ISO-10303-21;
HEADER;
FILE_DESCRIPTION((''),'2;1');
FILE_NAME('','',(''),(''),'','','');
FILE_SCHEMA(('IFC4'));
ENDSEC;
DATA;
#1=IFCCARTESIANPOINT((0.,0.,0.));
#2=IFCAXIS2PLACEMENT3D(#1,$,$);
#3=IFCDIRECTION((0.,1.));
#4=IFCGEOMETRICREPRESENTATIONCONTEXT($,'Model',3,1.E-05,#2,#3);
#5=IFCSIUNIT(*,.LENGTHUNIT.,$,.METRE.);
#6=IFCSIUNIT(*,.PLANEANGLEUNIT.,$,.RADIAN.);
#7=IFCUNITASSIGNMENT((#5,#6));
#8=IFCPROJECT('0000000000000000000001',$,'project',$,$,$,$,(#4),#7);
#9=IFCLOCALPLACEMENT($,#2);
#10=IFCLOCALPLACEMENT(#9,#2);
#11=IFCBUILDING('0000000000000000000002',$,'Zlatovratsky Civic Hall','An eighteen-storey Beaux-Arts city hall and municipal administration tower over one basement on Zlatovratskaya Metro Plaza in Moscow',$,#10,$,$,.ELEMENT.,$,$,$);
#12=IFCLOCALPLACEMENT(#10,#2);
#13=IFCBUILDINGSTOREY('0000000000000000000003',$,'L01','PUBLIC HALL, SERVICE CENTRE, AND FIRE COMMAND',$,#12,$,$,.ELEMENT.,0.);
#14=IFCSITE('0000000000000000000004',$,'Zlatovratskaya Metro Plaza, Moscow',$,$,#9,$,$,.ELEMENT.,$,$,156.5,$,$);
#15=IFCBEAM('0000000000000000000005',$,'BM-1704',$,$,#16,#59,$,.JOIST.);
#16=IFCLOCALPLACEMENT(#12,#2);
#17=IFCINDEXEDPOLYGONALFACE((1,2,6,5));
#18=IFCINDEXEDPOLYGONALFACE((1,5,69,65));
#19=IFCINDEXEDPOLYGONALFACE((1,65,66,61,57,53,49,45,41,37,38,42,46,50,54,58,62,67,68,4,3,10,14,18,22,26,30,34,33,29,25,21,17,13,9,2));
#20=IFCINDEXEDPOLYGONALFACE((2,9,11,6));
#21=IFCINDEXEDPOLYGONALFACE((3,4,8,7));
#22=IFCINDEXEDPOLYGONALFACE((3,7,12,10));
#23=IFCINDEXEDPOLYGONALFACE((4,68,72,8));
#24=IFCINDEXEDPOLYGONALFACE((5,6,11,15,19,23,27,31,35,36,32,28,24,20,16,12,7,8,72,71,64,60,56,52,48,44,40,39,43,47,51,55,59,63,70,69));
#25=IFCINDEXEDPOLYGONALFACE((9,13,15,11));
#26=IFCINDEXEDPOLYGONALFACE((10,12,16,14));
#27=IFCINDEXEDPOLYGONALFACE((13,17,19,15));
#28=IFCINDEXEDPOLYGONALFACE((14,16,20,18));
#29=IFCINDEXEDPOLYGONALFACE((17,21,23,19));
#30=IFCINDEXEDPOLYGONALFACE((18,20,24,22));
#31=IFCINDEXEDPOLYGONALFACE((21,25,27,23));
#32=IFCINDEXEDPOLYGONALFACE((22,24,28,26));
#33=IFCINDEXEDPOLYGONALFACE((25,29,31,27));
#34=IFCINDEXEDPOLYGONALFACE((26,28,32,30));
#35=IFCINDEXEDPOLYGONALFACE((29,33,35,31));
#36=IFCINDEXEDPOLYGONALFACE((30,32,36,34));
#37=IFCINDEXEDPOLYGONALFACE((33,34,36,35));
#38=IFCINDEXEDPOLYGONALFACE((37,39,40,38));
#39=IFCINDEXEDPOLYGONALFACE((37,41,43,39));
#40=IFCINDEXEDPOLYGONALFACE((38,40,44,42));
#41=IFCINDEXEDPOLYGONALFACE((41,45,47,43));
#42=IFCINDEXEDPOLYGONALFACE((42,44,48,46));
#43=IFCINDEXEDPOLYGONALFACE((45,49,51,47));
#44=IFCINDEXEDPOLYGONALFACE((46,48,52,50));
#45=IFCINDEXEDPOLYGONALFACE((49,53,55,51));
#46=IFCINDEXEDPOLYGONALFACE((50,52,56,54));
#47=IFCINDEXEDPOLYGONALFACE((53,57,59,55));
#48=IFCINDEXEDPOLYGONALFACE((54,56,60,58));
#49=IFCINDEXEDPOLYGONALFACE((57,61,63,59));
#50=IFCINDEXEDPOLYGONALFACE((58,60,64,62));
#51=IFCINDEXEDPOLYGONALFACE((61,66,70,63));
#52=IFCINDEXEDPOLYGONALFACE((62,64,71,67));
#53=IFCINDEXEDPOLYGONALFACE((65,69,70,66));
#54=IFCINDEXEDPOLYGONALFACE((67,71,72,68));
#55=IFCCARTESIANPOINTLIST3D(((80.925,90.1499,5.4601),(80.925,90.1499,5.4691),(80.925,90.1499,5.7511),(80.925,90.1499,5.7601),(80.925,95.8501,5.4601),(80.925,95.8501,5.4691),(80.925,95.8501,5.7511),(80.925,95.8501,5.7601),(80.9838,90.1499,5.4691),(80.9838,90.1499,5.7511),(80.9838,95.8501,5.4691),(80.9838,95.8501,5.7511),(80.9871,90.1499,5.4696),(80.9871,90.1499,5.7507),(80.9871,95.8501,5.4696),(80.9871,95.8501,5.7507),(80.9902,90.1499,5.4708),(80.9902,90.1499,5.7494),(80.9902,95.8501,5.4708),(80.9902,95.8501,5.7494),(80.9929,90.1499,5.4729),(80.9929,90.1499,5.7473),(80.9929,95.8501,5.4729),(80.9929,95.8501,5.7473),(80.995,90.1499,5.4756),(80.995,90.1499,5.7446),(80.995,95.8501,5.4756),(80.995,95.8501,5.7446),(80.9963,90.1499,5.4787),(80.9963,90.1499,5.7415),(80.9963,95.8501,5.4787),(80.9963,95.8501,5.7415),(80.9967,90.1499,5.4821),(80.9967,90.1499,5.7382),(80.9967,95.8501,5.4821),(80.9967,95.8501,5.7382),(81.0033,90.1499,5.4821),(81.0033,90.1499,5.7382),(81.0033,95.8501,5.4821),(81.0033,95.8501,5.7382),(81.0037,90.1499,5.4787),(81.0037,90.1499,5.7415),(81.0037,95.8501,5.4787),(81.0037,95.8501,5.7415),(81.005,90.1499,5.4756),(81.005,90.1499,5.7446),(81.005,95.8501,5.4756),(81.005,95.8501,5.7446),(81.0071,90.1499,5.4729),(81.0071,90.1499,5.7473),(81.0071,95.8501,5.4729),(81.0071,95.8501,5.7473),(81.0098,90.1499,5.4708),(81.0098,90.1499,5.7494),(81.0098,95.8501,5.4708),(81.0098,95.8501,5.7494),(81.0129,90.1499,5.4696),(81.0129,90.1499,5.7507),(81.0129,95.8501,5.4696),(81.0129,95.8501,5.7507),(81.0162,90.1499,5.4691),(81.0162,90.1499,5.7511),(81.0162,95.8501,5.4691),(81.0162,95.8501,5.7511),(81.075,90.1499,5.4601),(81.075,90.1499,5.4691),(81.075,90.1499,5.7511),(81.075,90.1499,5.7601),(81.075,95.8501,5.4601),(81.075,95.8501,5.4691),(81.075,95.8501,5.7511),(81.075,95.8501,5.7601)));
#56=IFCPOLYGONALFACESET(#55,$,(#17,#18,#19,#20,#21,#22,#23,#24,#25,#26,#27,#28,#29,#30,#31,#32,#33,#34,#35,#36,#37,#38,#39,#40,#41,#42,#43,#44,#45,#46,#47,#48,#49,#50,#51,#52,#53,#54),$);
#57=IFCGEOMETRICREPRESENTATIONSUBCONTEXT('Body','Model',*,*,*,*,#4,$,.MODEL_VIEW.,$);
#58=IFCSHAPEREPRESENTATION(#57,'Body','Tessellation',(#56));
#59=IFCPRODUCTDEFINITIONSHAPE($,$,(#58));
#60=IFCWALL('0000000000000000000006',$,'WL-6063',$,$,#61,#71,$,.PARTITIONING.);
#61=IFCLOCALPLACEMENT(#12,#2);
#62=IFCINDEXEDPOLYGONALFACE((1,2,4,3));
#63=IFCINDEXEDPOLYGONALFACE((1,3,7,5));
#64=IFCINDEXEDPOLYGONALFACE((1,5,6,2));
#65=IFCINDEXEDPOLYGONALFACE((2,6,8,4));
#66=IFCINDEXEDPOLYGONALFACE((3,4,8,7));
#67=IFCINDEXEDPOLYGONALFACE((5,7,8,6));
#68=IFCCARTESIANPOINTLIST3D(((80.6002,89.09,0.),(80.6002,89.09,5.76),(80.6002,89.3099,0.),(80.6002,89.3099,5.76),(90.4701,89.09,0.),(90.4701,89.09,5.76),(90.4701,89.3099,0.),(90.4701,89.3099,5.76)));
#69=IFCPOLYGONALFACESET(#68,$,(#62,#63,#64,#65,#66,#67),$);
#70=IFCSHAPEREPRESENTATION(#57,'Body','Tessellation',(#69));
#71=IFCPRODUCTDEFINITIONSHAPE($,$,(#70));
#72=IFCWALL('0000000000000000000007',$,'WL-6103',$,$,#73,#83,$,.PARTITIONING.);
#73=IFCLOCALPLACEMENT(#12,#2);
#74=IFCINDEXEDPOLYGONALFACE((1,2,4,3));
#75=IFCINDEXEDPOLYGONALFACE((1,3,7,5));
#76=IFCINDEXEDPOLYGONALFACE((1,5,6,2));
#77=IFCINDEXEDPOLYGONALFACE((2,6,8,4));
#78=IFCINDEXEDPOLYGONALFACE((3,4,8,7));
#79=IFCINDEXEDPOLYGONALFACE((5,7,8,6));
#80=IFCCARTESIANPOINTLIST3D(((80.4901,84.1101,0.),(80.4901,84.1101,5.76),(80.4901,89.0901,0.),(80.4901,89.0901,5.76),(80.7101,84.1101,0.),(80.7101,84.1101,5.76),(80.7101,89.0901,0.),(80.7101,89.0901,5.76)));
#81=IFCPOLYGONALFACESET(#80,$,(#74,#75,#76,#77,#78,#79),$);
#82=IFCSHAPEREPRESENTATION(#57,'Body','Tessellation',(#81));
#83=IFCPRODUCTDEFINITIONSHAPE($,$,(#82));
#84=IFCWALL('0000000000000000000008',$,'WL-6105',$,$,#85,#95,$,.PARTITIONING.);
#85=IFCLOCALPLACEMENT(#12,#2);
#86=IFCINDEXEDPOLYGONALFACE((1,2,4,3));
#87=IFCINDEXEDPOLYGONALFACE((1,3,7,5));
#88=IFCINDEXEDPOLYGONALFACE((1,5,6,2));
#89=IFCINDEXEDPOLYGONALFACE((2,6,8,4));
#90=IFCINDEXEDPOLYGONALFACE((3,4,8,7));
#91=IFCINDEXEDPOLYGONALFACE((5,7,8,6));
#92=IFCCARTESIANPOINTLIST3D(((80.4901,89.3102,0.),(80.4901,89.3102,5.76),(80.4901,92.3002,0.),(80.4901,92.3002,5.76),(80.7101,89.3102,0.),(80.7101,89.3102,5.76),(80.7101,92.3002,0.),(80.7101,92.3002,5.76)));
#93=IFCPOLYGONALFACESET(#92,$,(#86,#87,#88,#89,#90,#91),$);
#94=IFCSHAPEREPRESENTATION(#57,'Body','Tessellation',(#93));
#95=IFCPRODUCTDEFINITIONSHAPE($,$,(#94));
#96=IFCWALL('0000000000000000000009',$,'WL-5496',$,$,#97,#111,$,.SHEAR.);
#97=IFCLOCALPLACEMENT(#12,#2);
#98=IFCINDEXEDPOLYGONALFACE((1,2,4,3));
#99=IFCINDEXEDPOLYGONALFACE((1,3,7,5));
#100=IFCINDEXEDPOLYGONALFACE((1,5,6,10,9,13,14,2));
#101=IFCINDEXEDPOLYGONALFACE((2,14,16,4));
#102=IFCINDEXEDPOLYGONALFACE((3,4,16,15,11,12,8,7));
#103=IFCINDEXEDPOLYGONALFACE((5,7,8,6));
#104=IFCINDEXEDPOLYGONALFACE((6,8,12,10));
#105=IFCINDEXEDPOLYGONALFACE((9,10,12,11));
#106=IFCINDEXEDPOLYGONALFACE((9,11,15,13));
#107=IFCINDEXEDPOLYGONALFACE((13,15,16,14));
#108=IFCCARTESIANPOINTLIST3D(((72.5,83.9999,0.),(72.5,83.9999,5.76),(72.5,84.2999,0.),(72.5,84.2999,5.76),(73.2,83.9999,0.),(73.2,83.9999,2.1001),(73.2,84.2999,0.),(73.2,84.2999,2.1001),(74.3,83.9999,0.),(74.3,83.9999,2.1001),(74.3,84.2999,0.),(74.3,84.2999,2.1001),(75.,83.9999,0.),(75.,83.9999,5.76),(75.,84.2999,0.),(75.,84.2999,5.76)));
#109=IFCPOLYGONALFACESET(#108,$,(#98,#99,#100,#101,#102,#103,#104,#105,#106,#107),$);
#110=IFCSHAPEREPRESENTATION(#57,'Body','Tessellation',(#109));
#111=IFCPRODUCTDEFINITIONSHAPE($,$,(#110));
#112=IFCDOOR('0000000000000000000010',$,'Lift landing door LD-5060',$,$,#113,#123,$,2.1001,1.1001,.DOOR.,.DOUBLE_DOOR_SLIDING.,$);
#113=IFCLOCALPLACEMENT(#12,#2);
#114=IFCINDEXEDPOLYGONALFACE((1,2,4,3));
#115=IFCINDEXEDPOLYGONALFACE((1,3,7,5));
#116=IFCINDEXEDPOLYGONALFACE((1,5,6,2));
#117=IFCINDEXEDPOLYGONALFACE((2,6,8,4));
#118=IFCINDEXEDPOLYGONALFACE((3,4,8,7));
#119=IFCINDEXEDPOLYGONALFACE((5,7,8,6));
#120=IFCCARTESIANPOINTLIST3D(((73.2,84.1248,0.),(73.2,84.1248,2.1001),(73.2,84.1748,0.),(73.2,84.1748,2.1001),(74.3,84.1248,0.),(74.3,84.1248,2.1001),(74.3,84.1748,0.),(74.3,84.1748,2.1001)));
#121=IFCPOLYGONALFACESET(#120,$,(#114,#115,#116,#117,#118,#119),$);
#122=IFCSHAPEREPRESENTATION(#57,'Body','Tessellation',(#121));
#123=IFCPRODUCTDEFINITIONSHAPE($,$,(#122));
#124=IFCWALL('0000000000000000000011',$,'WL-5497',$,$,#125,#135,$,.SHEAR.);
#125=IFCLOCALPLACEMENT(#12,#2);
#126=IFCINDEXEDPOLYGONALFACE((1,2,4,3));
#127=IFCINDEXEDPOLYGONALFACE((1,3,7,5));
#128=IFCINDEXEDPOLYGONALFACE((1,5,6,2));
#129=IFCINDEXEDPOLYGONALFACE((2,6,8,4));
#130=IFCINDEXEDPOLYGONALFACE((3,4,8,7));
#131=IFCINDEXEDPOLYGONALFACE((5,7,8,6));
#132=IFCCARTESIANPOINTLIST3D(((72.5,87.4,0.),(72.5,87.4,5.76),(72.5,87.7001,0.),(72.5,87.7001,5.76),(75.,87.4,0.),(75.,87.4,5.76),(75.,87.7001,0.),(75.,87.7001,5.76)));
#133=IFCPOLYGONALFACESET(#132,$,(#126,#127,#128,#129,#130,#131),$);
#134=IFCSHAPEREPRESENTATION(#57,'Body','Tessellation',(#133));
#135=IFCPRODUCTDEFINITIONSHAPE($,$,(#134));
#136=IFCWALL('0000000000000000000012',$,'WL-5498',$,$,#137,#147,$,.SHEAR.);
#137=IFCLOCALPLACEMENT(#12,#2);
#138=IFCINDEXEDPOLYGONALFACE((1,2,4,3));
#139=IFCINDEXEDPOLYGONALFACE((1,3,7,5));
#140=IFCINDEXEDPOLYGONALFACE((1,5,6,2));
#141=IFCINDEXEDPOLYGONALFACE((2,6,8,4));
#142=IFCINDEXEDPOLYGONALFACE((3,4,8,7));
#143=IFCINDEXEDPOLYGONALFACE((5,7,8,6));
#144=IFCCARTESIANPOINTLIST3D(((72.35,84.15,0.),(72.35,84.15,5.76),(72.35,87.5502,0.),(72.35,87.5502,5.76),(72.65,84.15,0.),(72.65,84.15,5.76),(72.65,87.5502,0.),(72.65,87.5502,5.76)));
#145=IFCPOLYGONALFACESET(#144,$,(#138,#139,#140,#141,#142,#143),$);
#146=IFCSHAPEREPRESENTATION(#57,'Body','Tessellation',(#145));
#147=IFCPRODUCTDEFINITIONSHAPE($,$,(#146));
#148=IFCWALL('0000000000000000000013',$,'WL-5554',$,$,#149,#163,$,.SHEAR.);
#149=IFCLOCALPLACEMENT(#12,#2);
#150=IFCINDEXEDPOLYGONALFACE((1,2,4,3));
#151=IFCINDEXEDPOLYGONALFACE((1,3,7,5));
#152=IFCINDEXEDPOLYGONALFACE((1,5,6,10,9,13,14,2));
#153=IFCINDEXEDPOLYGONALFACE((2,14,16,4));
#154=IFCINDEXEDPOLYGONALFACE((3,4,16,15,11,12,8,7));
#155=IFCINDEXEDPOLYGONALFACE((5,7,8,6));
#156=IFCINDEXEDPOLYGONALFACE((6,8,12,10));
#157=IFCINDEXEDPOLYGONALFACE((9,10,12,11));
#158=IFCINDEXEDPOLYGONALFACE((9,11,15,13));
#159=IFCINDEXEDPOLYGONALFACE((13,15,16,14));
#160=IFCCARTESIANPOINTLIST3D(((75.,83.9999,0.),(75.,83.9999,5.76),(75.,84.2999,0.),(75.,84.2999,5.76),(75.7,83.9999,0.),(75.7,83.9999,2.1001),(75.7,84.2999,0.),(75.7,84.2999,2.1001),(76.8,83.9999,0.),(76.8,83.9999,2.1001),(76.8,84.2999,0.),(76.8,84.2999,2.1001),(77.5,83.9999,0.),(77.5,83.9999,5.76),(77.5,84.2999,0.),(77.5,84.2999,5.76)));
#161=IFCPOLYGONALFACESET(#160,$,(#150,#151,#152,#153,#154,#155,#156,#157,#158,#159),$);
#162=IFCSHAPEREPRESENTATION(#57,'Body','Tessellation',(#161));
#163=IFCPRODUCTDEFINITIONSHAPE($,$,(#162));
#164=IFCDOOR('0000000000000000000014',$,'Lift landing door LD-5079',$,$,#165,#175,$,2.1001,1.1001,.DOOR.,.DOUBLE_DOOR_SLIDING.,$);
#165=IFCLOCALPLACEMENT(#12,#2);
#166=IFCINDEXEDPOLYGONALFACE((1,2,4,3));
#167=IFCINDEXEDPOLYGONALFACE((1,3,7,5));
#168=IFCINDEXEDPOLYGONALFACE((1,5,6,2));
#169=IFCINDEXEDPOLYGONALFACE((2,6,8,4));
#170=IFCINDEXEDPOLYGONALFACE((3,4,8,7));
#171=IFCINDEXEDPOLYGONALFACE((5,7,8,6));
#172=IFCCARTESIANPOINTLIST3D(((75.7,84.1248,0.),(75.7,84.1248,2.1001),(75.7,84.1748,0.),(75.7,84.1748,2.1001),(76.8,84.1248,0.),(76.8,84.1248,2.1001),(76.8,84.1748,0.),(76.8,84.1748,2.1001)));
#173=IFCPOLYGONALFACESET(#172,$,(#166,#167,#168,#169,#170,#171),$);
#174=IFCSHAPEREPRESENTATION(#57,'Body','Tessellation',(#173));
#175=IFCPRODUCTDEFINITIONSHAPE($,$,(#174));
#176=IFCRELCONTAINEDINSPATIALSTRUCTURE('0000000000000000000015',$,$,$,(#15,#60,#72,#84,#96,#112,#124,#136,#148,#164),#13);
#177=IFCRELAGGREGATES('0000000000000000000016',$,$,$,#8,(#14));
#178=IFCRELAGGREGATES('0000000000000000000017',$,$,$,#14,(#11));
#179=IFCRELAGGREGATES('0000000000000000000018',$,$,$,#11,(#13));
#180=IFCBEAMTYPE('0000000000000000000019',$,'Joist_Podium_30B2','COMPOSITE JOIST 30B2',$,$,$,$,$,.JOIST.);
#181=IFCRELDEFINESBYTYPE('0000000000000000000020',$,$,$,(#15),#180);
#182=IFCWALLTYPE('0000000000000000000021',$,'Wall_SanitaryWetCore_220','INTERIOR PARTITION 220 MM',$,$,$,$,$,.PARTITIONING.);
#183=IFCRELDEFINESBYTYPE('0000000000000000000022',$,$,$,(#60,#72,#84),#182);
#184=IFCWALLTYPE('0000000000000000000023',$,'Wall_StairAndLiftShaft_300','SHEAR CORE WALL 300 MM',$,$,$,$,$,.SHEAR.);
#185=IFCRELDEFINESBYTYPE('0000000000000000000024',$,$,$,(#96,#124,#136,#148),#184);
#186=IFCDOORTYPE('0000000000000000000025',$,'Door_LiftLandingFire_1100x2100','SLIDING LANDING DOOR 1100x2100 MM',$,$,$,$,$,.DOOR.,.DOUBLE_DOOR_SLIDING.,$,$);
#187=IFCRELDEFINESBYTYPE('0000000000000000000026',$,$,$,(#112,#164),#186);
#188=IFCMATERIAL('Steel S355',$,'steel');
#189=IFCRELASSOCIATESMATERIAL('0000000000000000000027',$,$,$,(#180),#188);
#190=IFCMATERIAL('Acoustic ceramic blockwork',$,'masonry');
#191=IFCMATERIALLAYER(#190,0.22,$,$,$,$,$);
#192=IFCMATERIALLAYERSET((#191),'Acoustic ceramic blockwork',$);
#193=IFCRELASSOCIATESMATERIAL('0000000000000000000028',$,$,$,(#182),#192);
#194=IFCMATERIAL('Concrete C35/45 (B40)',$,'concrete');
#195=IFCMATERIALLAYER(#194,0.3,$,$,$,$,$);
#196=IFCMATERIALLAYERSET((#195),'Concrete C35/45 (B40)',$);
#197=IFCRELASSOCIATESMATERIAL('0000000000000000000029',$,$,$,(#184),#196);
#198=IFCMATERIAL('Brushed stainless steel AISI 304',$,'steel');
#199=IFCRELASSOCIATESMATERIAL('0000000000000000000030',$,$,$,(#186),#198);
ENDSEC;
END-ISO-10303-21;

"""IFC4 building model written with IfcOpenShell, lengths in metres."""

from ifc_helpers import new_model, si_unit, direction, frame, frame_2d, origin, origin_2d, place, context, subcontext, project, spatial, rectangle, i_section, extrude, material, layer, layer_set, material_profile, profile_set, type_object, element, fill, save


model = new_model("IFC4")

# Units and contexts
model_context = context("Model", 3, precision=1e-05, world=origin(), true_north=direction((0.0, 1.0)))
body_context = subcontext(model_context, "Body", "Model", "MODEL_VIEW")
ifc_project = project(units=[si_unit("LENGTHUNIT", "METRE"), si_unit("PLANEANGLEUNIT", "RADIAN")], contexts=[model_context])

# Site, building, storey
site_placement = place(None, origin())
site = spatial("IfcSite", under=ifc_project, at=site_placement, Name="Zlatovratskaya Metro Plaza, Moscow", CompositionType="ELEMENT", RefElevation=156.5)
building_placement = place(site_placement, origin())
building = spatial("IfcBuilding", under=site, at=building_placement, Name="Zlatovratsky Civic Hall", Description="An eighteen-storey Beaux-Arts city hall and municipal administration tower over one basement on Zlatovratskaya Metro Plaza in Moscow", CompositionType="ELEMENT")
storey_placement = place(building_placement, origin())
storey = spatial("IfcBuildingStorey", under=building, at=storey_placement, Name="L01", Description="PUBLIC HALL, SERVICE CENTRE, AND FIRE COMMAND", CompositionType="ELEMENT", Elevation=0.0)

# Shared definitions
ifc_material_1 = material(Name="Concrete C35/45 (B40)", Category="concrete")

# Shared definitions
ifc_material_2 = material(Name="Steel S355", Category="steel")

# Beam
ifc_material_profile_1 = material_profile(ifc_material_2, i_section(OverallWidth=0.1499, OverallDepth=0.3, WebThickness=0.0066, FlangeThickness=0.009, FilletRadius=0.0129, at=origin_2d()), Name="30B2")
ifc_profile_set_1 = profile_set([ifc_material_profile_1], Name="Steel S355")
beam_type_1 = type_object("IfcBeamType", Name="Joist_Podium_30B2", Description="COMPOSITE JOIST 30B2", PredefinedType="JOIST", material=ifc_profile_set_1)
beam_placement = place(storey_placement, frame((81.0, 90.1499, 5.6101), z_axis=(0.0, 1.0, 0.0), x_axis=(-1.0, 0.0, 0.0)))
element("IfcBeam", 1, at=beam_placement, inside=storey, type_object=beam_type_1, Name="BM-1704", PredefinedType="JOIST", context=body_context, shape_type="SweptSolid", body=[
    extrude(i_section(OverallWidth=0.1499, OverallDepth=0.3, WebThickness=0.0066, FlangeThickness=0.009, FilletRadius=0.0129, at=origin_2d()), origin(), (0.0, 0.0, 1.0), 5.7002),
])

# Shared definitions
ifc_material_3 = material(Name="Acoustic ceramic blockwork", Category="masonry")
ifc_layer_1 = layer(ifc_material_3, 0.22)
ifc_layer_set_1 = layer_set([ifc_layer_1], Name="Acoustic ceramic blockwork")
wall_type_1 = type_object("IfcWallType", Name="Wall_SanitaryWetCore_220", Description="INTERIOR PARTITION 220 MM", PredefinedType="PARTITIONING", material=ifc_layer_set_1)

# Walls
wall_1_placement = place(storey_placement, frame((80.6001, 89.2, 0.0), z_axis=(0.0, 0.0, 1.0), x_axis=(1.0, 0.0, 0.0)))
element("IfcWall", 2, at=wall_1_placement, inside=storey, type_object=wall_type_1, Name="WL-6063", PredefinedType="PARTITIONING", context=body_context, shape_type="SweptSolid", body=[
    extrude(rectangle(XDim=9.8699, YDim=0.22, at=frame_2d((4.9351, 0.0))), origin(), (0.0, 0.0, 1.0), 5.76),
])
wall_2_placement = place(storey_placement, frame((80.6001, 84.1101, 0.0), z_axis=(0.0, 0.0, 1.0), x_axis=(0.0, 1.0, 0.0)))
element("IfcWall", 3, at=wall_2_placement, inside=storey, type_object=wall_type_1, Name="WL-6103", PredefinedType="PARTITIONING", context=body_context, shape_type="SweptSolid", body=[
    extrude(rectangle(XDim=4.98, YDim=0.22, at=frame_2d((2.49, 0.0))), origin(), (0.0, 0.0, 1.0), 5.76),
])
wall_3_placement = place(storey_placement, frame((80.6001, 89.3101, 0.0), z_axis=(0.0, 0.0, 1.0), x_axis=(0.0, 1.0, 0.0)))
element("IfcWall", 4, at=wall_3_placement, inside=storey, type_object=wall_type_1, Name="WL-6105", PredefinedType="PARTITIONING", context=body_context, shape_type="SweptSolid", body=[
    extrude(rectangle(XDim=2.99, YDim=0.22, at=frame_2d((1.4951, 0.0))), origin(), (0.0, 0.0, 1.0), 5.76),
])

# Wall, opening, door
ifc_layer_2 = layer(ifc_material_1, 0.3)
ifc_layer_set_2 = layer_set([ifc_layer_2], Name="Concrete C35/45 (B40)")
wall_type_2 = type_object("IfcWallType", Name="Wall_StairAndLiftShaft_300", Description="SHEAR CORE WALL 300 MM", PredefinedType="SHEAR", material=ifc_layer_set_2)
wall_4_placement = place(storey_placement, frame((72.5, 84.1499, 0.0), z_axis=(0.0, 0.0, 1.0), x_axis=(1.0, 0.0, 0.0)))
wall_4 = element("IfcWall", 5, at=wall_4_placement, inside=storey, type_object=wall_type_2, Name="WL-5496", PredefinedType="SHEAR", context=body_context, shape_type="SweptSolid", body=[
    extrude(rectangle(XDim=2.5, YDim=0.3, at=frame_2d((1.25, 0.0))), origin(), (0.0, 0.0, 1.0), 5.76),
])
opening_1_placement = place(wall_4_placement, frame((0.7, 0.0, 0.0)))
opening_1 = element("IfcOpeningElement", 6, at=opening_1_placement, cuts=wall_4, PredefinedType="OPENING", context=body_context, shape_type="SweptSolid", body=[
    extrude(rectangle(XDim=1.1001, YDim=2.1001, at=frame_2d((0.55, 1.05))), frame((0.0, 0.165, 0.0), z_axis=(0.0, -1.0, 0.0), x_axis=(1.0, 0.0, 0.0)), (0.0, 0.0, 1.0), 0.3298),
])
ifc_material_4 = material(Name="Brushed stainless steel AISI 304", Category="steel")
door_type_1 = type_object("IfcDoorType", Name="Door_LiftLandingFire_1100x2100", Description="SLIDING LANDING DOOR 1100x2100 MM", OperationType="DOUBLE_DOOR_SLIDING", PredefinedType="DOOR", material=ifc_material_4)
door_1_placement = place(opening_1_placement, origin())
door_1 = element("IfcDoor", 7, at=door_1_placement, inside=storey, type_object=door_type_1, Name="Lift landing door LD-5060", OperationType="DOUBLE_DOOR_SLIDING", OverallHeight=2.1001, OverallWidth=1.1001, PredefinedType="DOOR", context=body_context, shape_type="SweptSolid", body=[
    extrude(rectangle(XDim=1.1001, YDim=2.1001, at=frame_2d((0.55, 1.05))), frame((0.0, 0.0249, 0.0), z_axis=(0.0, -1.0, 0.0), x_axis=(1.0, 0.0, 0.0)), (0.0, 0.0, 1.0), 0.05),
])
fill(opening_1, door_1)

# Walls
wall_5_placement = place(storey_placement, frame((72.5, 87.55, 0.0), z_axis=(0.0, 0.0, 1.0), x_axis=(1.0, 0.0, 0.0)))
element("IfcWall", 8, at=wall_5_placement, inside=storey, type_object=wall_type_2, Name="WL-5497", PredefinedType="SHEAR", context=body_context, shape_type="SweptSolid", body=[
    extrude(rectangle(XDim=2.5, YDim=0.3, at=frame_2d((1.25, 0.0))), origin(), (0.0, 0.0, 1.0), 5.76),
])
wall_6_placement = place(storey_placement, frame((72.5, 84.1499, 0.0), z_axis=(0.0, 0.0, 1.0), x_axis=(0.0, 1.0, 0.0)))
element("IfcWall", 9, at=wall_6_placement, inside=storey, type_object=wall_type_2, Name="WL-5498", PredefinedType="SHEAR", context=body_context, shape_type="SweptSolid", body=[
    extrude(rectangle(XDim=3.4001, YDim=0.3, at=frame_2d((1.7002, 0.0))), origin(), (0.0, 0.0, 1.0), 5.76),
])

# Wall, opening, door
wall_7_placement = place(storey_placement, frame((75.0, 84.1499, 0.0), z_axis=(0.0, 0.0, 1.0), x_axis=(1.0, 0.0, 0.0)))
wall_7 = element("IfcWall", 10, at=wall_7_placement, inside=storey, type_object=wall_type_2, Name="WL-5554", PredefinedType="SHEAR", context=body_context, shape_type="SweptSolid", body=[
    extrude(rectangle(XDim=2.5, YDim=0.3, at=frame_2d((1.25, 0.0))), origin(), (0.0, 0.0, 1.0), 5.76),
])
opening_2_placement = place(wall_7_placement, frame((0.7, 0.0, 0.0)))
opening_2 = element("IfcOpeningElement", 11, at=opening_2_placement, cuts=wall_7, PredefinedType="OPENING", context=body_context, shape_type="SweptSolid", body=[
    extrude(rectangle(XDim=1.1001, YDim=2.1001, at=frame_2d((0.55, 1.05))), frame((0.0, 0.165, 0.0), z_axis=(0.0, -1.0, 0.0), x_axis=(1.0, 0.0, 0.0)), (0.0, 0.0, 1.0), 0.3298),
])
door_2_placement = place(opening_2_placement, origin())
door_2 = element("IfcDoor", 12, at=door_2_placement, inside=storey, type_object=door_type_1, Name="Lift landing door LD-5079", OperationType="DOUBLE_DOOR_SLIDING", OverallHeight=2.1001, OverallWidth=1.1001, PredefinedType="DOOR", context=body_context, shape_type="SweptSolid", body=[
    extrude(rectangle(XDim=1.1001, YDim=2.1001, at=frame_2d((0.55, 1.05))), frame((0.0, 0.0249, 0.0), z_axis=(0.0, -1.0, 0.0), x_axis=(1.0, 0.0, 0.0)), (0.0, 0.0, 1.0), 0.05),
])
fill(opening_2, door_2)

save(model, "model.ifc")
